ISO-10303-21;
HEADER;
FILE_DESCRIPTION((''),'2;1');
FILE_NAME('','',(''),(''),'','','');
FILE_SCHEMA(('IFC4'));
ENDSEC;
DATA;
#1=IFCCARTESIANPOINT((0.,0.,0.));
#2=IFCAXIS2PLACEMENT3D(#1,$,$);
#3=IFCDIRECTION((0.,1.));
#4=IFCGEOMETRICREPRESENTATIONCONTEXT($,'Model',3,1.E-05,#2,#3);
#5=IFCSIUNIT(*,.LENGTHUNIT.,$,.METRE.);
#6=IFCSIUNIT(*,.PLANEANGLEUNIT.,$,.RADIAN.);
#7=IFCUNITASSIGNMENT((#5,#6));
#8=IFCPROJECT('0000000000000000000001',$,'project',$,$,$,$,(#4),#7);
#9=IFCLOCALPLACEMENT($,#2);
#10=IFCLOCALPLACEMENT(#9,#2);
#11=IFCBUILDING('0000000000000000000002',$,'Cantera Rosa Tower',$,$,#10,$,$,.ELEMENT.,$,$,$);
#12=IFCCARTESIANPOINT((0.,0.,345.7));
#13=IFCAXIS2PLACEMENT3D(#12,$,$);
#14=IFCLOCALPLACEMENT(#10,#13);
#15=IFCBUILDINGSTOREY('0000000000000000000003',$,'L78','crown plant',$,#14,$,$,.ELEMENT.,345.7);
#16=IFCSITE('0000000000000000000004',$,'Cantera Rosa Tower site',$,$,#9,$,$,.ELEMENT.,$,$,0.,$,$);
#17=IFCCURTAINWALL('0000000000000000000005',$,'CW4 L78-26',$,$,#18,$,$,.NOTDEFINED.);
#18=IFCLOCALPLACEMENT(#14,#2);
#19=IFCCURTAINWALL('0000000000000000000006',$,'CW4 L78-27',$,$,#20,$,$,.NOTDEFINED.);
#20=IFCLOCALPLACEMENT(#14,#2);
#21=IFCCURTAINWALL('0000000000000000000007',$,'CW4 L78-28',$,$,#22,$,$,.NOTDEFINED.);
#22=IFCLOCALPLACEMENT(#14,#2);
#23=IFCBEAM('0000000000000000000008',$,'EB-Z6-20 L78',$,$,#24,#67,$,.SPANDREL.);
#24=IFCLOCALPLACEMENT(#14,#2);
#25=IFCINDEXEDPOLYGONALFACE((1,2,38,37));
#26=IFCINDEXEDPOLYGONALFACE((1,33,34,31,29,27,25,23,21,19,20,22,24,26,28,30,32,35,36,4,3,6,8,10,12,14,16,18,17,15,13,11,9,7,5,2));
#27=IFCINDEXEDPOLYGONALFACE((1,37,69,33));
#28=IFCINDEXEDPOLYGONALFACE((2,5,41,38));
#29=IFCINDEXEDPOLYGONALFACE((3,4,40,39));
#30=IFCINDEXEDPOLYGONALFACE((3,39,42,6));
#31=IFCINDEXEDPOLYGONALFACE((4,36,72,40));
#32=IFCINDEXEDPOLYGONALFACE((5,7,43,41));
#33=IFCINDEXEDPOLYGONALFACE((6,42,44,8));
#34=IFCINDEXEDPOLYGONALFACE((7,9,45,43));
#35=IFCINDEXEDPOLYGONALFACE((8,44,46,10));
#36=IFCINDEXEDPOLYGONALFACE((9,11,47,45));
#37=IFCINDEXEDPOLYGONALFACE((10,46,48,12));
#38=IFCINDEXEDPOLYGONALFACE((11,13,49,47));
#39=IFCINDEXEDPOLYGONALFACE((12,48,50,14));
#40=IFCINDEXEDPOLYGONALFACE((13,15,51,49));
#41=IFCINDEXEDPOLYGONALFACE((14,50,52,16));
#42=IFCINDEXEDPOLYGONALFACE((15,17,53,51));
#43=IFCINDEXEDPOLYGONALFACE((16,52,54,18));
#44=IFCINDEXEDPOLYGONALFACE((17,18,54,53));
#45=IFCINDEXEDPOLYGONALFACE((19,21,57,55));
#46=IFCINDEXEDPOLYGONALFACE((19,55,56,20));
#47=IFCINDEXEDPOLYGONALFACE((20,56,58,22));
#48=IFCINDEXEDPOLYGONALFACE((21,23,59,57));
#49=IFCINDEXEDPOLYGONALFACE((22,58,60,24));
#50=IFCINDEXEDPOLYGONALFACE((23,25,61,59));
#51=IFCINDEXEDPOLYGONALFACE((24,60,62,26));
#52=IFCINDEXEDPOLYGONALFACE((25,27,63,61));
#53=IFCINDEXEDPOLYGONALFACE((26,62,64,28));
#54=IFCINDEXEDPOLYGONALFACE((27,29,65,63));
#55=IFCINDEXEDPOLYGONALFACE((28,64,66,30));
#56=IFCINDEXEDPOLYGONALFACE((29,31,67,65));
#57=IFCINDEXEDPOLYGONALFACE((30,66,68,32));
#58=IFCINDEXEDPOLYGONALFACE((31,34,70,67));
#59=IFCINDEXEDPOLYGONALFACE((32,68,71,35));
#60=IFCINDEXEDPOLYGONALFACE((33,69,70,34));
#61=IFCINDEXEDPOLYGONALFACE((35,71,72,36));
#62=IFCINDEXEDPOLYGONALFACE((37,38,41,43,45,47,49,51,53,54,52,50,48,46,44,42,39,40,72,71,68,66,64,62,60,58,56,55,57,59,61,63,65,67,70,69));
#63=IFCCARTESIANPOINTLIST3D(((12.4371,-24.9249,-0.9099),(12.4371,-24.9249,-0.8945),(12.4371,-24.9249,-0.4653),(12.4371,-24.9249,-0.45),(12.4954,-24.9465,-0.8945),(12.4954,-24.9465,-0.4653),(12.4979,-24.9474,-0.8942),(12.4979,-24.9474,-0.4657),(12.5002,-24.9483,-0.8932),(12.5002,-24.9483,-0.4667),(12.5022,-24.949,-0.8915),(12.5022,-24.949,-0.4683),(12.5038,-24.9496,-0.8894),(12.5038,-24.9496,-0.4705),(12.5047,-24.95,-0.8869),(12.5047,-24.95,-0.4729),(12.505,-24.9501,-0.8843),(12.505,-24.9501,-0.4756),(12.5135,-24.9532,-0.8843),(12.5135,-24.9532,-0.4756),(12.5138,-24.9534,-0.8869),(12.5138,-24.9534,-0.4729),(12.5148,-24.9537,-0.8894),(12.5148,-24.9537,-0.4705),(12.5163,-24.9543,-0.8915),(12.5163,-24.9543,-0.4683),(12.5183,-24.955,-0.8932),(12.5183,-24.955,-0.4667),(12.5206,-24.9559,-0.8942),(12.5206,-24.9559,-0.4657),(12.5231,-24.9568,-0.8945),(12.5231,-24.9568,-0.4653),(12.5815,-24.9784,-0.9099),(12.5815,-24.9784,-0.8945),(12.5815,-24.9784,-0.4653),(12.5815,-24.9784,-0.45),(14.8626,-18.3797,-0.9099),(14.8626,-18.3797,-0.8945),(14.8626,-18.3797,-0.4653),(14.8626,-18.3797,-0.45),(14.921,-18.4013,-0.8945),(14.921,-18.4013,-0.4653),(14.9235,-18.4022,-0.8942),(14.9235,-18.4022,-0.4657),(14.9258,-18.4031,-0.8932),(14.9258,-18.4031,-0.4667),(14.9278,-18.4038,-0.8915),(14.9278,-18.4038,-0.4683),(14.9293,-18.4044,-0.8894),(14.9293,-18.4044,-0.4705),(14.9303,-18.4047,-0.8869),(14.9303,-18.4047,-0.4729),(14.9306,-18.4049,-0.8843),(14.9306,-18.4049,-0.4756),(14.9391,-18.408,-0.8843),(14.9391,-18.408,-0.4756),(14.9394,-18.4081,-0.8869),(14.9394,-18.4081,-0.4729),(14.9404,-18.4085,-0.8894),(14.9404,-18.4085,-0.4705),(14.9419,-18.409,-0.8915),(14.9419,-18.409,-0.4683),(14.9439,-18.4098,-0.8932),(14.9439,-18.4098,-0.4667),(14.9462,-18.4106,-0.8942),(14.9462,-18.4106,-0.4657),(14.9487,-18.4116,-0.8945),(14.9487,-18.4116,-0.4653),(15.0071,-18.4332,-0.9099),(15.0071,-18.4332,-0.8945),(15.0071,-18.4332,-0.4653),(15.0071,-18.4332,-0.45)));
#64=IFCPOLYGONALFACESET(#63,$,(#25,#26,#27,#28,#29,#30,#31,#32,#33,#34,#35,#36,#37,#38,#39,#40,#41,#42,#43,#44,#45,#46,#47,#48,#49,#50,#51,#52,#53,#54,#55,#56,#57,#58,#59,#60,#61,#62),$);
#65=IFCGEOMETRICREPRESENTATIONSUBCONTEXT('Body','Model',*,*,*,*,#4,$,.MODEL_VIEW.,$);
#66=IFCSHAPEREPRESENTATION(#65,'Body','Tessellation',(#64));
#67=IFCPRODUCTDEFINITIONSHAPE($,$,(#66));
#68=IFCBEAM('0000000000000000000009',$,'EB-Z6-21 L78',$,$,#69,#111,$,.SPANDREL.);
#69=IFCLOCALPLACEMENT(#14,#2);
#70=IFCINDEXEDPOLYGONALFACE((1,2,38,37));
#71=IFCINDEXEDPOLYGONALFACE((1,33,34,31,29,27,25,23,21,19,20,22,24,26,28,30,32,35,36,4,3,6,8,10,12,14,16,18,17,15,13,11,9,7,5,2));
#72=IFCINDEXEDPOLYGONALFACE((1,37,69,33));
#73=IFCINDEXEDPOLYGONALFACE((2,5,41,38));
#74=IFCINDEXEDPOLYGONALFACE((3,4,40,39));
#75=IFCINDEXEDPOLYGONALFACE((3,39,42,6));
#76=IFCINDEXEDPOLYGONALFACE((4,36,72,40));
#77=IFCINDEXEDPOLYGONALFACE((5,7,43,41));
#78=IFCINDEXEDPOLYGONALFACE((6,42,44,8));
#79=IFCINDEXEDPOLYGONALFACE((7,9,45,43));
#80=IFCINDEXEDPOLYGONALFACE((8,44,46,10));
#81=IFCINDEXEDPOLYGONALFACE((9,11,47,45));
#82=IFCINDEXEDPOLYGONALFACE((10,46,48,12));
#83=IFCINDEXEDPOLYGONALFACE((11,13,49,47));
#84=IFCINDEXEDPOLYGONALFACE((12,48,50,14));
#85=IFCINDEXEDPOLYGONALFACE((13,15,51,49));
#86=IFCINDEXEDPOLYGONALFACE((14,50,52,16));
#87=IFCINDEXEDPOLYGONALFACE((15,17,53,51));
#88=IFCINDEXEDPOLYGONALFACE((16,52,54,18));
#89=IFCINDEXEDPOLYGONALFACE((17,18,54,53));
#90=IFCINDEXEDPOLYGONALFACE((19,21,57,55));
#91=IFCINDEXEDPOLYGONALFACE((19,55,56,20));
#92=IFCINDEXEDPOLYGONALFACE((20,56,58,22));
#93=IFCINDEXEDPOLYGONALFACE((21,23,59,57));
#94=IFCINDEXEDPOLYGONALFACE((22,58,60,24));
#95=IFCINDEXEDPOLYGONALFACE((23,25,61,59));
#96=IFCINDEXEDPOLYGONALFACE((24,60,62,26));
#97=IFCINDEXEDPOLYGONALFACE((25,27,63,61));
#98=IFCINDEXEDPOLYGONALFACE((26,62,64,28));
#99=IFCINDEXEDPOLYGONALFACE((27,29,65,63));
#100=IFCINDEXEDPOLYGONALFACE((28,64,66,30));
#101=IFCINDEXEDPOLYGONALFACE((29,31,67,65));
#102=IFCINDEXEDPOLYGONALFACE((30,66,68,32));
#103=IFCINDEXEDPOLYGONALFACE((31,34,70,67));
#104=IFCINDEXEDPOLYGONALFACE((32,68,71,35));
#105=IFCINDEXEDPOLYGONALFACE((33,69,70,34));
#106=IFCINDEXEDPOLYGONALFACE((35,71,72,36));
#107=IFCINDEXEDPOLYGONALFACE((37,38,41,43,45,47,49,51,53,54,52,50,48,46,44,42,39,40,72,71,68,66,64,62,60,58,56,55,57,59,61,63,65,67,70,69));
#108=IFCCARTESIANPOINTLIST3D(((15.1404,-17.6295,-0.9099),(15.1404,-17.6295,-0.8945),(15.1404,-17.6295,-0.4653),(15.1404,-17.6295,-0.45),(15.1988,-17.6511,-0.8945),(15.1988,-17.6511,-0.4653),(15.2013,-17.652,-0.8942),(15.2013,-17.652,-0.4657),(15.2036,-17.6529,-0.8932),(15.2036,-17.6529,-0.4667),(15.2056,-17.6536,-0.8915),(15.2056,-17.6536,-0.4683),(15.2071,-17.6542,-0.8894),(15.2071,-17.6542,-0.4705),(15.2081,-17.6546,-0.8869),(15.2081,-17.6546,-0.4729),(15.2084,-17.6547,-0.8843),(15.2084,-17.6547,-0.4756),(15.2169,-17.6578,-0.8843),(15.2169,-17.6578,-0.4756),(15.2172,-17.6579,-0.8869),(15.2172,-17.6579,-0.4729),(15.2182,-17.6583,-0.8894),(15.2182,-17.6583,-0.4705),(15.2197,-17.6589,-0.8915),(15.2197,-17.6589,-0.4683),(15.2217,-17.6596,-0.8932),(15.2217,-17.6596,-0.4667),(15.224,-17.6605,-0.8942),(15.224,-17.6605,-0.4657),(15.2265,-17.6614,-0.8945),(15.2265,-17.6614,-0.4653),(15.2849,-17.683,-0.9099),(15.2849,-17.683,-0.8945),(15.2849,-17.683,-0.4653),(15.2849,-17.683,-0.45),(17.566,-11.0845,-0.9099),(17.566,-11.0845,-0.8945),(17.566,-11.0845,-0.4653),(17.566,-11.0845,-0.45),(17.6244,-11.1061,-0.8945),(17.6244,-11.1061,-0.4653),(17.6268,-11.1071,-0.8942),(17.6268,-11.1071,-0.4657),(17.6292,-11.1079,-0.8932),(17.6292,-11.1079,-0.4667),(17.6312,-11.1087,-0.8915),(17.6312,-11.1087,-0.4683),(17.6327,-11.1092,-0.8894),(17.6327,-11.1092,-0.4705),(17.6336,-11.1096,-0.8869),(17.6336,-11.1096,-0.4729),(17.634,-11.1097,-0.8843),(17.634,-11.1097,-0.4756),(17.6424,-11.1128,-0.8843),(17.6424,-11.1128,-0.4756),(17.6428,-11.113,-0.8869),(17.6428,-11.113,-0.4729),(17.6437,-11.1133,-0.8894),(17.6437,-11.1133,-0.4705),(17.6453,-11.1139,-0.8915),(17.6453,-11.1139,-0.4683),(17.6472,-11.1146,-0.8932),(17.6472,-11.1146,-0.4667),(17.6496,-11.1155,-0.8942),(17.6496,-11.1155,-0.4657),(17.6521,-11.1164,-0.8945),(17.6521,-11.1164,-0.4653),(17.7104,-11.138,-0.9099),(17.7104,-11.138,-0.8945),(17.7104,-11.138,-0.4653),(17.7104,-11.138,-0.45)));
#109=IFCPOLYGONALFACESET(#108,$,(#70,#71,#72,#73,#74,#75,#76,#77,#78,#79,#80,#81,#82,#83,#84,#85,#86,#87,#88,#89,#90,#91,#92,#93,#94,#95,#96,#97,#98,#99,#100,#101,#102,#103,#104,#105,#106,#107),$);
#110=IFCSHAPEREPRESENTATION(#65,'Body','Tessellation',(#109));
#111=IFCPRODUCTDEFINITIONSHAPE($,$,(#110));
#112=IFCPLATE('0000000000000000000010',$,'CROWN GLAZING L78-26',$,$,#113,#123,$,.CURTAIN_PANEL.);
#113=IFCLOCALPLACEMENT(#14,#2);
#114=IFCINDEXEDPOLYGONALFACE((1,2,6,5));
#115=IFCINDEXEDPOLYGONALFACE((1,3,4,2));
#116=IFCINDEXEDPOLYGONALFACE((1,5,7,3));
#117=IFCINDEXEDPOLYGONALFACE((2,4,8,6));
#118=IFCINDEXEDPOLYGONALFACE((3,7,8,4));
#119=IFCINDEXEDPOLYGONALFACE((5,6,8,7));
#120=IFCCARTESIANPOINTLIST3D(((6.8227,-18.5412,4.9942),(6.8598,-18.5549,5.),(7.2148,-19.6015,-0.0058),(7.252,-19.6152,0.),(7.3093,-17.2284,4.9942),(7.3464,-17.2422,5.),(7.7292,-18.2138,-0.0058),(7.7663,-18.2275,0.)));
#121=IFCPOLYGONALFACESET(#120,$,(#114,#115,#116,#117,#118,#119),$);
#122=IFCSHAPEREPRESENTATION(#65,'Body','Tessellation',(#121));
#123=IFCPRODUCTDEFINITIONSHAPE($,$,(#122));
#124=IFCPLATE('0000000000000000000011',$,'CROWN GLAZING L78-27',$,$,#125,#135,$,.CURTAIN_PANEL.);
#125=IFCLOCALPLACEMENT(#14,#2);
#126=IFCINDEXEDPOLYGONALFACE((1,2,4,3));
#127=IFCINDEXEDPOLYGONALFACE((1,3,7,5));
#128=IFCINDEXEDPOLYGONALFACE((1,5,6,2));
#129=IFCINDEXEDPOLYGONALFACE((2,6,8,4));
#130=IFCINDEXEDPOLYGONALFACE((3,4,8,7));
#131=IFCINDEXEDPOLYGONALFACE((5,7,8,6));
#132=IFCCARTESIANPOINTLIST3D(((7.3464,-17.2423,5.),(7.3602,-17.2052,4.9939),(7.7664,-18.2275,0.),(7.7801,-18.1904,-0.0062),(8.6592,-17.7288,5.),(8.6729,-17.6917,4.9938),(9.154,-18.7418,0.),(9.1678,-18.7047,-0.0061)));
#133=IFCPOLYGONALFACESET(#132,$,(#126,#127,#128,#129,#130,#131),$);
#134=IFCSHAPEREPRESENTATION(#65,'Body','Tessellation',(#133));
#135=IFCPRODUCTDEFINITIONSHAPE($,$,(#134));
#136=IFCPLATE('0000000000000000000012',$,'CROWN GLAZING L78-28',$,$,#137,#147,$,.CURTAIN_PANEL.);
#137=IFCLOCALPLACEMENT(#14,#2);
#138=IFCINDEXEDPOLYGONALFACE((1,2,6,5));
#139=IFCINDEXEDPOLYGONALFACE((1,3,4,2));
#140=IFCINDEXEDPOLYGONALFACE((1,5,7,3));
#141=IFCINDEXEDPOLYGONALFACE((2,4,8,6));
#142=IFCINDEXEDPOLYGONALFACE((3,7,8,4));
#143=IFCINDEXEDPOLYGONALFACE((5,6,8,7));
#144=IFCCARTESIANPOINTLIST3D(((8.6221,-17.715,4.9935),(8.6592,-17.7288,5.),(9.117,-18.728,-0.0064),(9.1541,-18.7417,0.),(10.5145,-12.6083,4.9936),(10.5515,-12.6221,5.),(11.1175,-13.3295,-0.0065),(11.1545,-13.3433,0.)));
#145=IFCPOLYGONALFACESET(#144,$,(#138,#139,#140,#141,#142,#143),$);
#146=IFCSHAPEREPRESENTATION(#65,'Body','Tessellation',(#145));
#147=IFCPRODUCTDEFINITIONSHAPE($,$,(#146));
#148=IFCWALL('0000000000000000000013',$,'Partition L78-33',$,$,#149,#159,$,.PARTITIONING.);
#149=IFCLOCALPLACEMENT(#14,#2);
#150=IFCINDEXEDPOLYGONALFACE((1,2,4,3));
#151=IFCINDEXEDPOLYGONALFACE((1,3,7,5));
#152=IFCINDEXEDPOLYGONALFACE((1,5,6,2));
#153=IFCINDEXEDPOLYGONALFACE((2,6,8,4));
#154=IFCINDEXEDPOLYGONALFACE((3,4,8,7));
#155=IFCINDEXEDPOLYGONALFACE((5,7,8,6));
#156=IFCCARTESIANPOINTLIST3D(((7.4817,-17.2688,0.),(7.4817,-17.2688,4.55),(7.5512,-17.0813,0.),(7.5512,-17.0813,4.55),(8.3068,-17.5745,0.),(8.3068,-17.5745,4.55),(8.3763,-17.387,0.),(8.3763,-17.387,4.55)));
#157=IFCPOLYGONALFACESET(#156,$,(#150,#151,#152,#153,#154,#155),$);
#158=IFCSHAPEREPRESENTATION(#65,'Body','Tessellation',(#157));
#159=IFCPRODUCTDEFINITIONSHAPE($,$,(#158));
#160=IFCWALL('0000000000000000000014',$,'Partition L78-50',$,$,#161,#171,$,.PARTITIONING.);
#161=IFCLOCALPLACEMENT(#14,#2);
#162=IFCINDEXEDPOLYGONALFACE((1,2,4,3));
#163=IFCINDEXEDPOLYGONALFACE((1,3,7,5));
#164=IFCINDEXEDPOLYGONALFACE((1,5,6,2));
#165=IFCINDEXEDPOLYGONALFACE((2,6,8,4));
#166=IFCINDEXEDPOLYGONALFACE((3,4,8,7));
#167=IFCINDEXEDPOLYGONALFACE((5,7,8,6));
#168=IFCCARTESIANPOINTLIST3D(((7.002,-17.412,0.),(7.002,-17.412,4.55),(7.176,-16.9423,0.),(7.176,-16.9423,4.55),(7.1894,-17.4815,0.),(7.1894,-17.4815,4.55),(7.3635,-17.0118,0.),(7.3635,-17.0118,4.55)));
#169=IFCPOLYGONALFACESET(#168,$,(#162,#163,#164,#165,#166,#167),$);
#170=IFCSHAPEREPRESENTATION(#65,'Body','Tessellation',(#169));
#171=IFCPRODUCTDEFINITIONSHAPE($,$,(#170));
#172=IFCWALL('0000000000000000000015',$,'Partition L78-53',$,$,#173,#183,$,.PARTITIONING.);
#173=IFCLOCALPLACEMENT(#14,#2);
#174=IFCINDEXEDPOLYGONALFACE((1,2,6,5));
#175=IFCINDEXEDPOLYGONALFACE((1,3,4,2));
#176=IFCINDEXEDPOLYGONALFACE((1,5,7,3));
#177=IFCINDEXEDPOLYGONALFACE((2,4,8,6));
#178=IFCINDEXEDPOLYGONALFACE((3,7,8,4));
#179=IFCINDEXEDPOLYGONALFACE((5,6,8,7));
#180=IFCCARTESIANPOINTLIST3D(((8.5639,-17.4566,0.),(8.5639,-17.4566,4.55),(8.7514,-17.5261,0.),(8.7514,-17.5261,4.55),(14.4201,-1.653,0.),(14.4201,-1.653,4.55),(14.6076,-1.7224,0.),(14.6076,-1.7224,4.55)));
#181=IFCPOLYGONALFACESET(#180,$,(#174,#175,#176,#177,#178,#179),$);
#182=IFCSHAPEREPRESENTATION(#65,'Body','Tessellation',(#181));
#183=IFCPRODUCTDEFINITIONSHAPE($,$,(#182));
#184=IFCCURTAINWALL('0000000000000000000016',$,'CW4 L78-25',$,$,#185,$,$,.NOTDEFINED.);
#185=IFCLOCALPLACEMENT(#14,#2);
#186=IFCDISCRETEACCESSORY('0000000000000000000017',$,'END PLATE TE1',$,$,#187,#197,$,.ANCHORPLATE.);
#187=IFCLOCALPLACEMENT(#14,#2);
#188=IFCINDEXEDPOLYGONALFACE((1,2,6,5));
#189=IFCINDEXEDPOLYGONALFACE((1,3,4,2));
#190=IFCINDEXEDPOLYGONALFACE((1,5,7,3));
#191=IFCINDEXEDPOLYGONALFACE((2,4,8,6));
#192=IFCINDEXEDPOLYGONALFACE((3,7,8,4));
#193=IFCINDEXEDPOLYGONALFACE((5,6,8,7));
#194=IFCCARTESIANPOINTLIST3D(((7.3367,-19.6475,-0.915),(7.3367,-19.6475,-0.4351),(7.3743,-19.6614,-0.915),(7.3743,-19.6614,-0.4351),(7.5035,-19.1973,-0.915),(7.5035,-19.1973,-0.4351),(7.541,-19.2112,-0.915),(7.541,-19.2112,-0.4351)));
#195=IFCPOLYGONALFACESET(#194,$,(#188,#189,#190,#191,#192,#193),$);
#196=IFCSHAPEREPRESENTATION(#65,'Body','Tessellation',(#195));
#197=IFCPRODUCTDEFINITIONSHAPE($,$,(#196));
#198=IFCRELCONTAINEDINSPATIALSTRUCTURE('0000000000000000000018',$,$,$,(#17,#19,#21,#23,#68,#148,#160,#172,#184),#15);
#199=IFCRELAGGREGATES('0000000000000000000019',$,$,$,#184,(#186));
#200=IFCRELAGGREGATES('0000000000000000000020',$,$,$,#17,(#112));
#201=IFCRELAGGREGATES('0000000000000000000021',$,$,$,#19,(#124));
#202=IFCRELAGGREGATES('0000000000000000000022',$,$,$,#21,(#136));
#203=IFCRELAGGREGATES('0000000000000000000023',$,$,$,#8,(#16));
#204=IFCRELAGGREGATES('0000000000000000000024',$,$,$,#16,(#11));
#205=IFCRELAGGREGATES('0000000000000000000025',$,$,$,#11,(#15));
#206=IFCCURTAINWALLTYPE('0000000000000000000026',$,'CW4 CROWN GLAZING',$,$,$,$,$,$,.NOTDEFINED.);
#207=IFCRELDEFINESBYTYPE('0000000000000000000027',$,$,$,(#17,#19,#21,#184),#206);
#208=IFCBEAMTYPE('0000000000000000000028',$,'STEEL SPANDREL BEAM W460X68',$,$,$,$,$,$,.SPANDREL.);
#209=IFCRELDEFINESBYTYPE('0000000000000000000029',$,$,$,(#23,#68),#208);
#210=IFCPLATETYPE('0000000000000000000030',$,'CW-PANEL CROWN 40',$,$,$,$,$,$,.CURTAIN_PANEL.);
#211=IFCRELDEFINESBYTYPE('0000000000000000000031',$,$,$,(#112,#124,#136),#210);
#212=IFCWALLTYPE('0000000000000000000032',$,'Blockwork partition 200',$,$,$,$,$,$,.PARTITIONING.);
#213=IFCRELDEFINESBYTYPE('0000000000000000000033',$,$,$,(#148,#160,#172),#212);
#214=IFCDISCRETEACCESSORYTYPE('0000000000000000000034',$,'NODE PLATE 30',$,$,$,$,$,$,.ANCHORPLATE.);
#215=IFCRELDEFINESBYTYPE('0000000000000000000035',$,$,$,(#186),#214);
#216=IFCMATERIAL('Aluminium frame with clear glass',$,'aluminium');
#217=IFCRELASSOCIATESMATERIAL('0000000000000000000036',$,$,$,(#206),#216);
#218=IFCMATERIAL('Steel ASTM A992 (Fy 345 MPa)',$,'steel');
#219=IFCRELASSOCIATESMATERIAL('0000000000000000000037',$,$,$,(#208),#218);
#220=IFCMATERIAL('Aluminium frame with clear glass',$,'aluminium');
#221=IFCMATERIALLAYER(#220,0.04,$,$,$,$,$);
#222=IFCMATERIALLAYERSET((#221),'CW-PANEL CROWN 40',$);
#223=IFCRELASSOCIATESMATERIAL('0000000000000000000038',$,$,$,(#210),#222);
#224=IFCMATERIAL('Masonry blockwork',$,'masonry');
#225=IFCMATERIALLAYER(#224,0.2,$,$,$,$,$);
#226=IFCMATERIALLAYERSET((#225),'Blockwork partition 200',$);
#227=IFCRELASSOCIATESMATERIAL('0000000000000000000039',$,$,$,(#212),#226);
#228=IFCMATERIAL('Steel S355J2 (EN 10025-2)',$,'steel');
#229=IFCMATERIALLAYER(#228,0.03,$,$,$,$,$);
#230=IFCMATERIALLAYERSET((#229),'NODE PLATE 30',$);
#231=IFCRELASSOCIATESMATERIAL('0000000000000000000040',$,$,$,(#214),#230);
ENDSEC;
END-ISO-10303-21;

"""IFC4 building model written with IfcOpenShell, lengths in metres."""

from ifc_helpers import new_model, si_unit, direction, frame, frame_2d, origin, origin_2d, place, context, subcontext, project, spatial, polyline, rectangle, i_section, outline, extrude, material, layer, layer_set, material_profile, profile_set, type_object, element, aggregate, save


model = new_model("IFC4")

# Units and contexts
model_context = context("Model", 3, precision=1e-05, world=origin(), true_north=direction((0.0, 1.0)))
body_context = subcontext(model_context, "Body", "Model", "MODEL_VIEW")
ifc_project = project(units=[si_unit("LENGTHUNIT", "METRE"), si_unit("PLANEANGLEUNIT", "RADIAN")], contexts=[model_context])

# Site, building, storey
site_placement = place(None, origin())
site = spatial("IfcSite", under=ifc_project, at=site_placement, Name="Cantera Rosa Tower site", CompositionType="ELEMENT", RefElevation=0.0)
building_placement = place(site_placement, origin())
building = spatial("IfcBuilding", under=site, at=building_placement, Name="Cantera Rosa Tower", CompositionType="ELEMENT")
storey_placement = place(building_placement, frame((0.0, 0.0, 345.7)))
storey = spatial("IfcBuildingStorey", under=building, at=storey_placement, Name="L78", Description="crown plant", CompositionType="ELEMENT", Elevation=345.7)

# Curtain walls
ifc_material_1 = material(Name="Aluminium frame with clear glass", Category="aluminium")
curtain_wall_type = type_object("IfcCurtainWallType", Name="CW4 CROWN GLAZING", PredefinedType="NOTDEFINED", material=ifc_material_1)
curtain_wall_1_placement = place(storey_placement, origin())
curtain_wall_1 = element("IfcCurtainWall", 1, at=curtain_wall_1_placement, inside=storey, type_object=curtain_wall_type, Name="CW4 L78-26", PredefinedType="NOTDEFINED")
curtain_wall_2_placement = place(storey_placement, origin())
curtain_wall_2 = element("IfcCurtainWall", 2, at=curtain_wall_2_placement, inside=storey, type_object=curtain_wall_type, Name="CW4 L78-27", PredefinedType="NOTDEFINED")
curtain_wall_3_placement = place(storey_placement, origin())
curtain_wall_3 = element("IfcCurtainWall", 3, at=curtain_wall_3_placement, inside=storey, type_object=curtain_wall_type, Name="CW4 L78-28", PredefinedType="NOTDEFINED")

# Beams
ifc_material_2 = material(Name="Steel ASTM A992 (Fy 345 MPa)", Category="steel")
ifc_material_profile_1 = material_profile(ifc_material_2, i_section(OverallWidth=0.1541, OverallDepth=0.46, WebThickness=0.009, FlangeThickness=0.0154, FilletRadius=0.0103, at=origin_2d()), Name="W460X68")
ifc_profile_set_1 = profile_set([ifc_material_profile_1], Name="Steel ASTM A992 (Fy 345 MPa)")
beam_type_1 = type_object("IfcBeamType", Name="STEEL SPANDREL BEAM W460X68", PredefinedType="SPANDREL", material=ifc_profile_set_1)
beam_1_placement = place(storey_placement, frame((12.5093, -24.9517, -0.6799), z_axis=(0.347491, 0.937683, 0.0), x_axis=(-0.937683, 0.347491, 0.0)))
element("IfcBeam", 4, at=beam_1_placement, inside=storey, type_object=beam_type_1, Name="EB-Z6-20 L78", PredefinedType="SPANDREL", context=body_context, shape_type="SweptSolid", body=[
    extrude(i_section(OverallWidth=0.1541, OverallDepth=0.46, WebThickness=0.009, FlangeThickness=0.0154, FilletRadius=0.0103, at=origin_2d()), origin(), (0.0, 0.0, 1.0), 6.9802),
])
beam_2_placement = place(storey_placement, frame((15.2126, -17.6562, -0.6799), z_axis=(0.347502, 0.937679, 0.0), x_axis=(-0.937679, 0.347502, 0.0)))
element("IfcBeam", 5, at=beam_2_placement, inside=storey, type_object=beam_type_1, Name="EB-Z6-21 L78", PredefinedType="SPANDREL", context=body_context, shape_type="SweptSolid", body=[
    extrude(i_section(OverallWidth=0.1541, OverallDepth=0.46, WebThickness=0.009, FlangeThickness=0.0154, FilletRadius=0.0103, at=origin_2d()), origin(), (0.0, 0.0, 1.0), 6.98),
])

# Plates
ifc_material_3 = material(Name="Aluminium frame with clear glass", Category="aluminium")
ifc_layer_1 = layer(ifc_material_3, 0.04)
ifc_layer_set_1 = layer_set([ifc_layer_1], Name="CW-PANEL CROWN 40")
plate_type = type_object("IfcPlateType", Name="CW-PANEL CROWN 40", PredefinedType="CURTAIN_PANEL", material=ifc_layer_set_1)
plate_1_placement = place(storey_placement, frame((7.252, -19.6152, 0.0), z_axis=(0.927655, -0.343856, 0.145668), x_axis=(0.347563, 0.937657, -0.000002)))
plate_1 = element("IfcPlate", 6, at=plate_1_placement, type_object=plate_type, Name="CROWN GLAZING L78-26", PredefinedType="CURTAIN_PANEL", context=body_context, shape_type="SweptSolid", body=[
    extrude(outline(polyline([(0.0, 0.0), (1.48, 0.0), (2.2579, 5.0539), (0.8579, 5.0539), (0.0, 0.0)])), origin(), (0.0, 0.0, -1.0), 0.04),
])
plate_2_placement = place(storey_placement, frame((7.7664, -18.2275, 0.0), z_axis=(-0.343357, -0.926537, 0.153739), x_axis=(0.937685, -0.347487, 0.000009)))
plate_2 = element("IfcPlate", 7, at=plate_2_placement, type_object=plate_type, Name="CROWN GLAZING L78-27", PredefinedType="CURTAIN_PANEL", context=body_context, shape_type="SweptSolid", body=[
    extrude(outline(polyline([(0.0, 0.0), (1.4799, 0.0), (0.6639, 5.0602), (-0.7361, 5.0602), (0.0, 0.0)])), origin(), (0.0, 0.0, -1.0), 0.04),
])
plate_3_placement = place(storey_placement, frame((9.1541, -18.7417, 0.0), z_axis=(0.925445, -0.342937, 0.161074), x_axis=(0.347474, 0.93769, -0.000001)))
plate_3 = element("IfcPlate", 8, at=plate_3_placement, type_object=plate_type, Name="CROWN GLAZING L78-28", PredefinedType="CURTAIN_PANEL", context=body_context, shape_type="SweptSolid", body=[
    extrude(outline(polyline([(0.0, 0.0), (5.7572, 0.0), (6.2239, 5.0662), (0.7779, 5.0661), (0.0, 0.0)])), origin(), (0.0, 0.0, -1.0), 0.04),
])

# Walls
ifc_material_4 = material(Name="Masonry blockwork", Category="masonry")
ifc_layer_2 = layer(ifc_material_4, 0.2)
ifc_layer_set_2 = layer_set([ifc_layer_2], Name="Blockwork partition 200")
wall_type = type_object("IfcWallType", Name="Blockwork partition 200", PredefinedType="PARTITIONING", material=ifc_layer_set_2)
wall_1_placement = place(storey_placement, frame((8.3416, -17.4807, 0.0), z_axis=(0.0, 0.0, 1.0), x_axis=(-0.937735, 0.34735, 0.0)))
element("IfcWall", 9, at=wall_1_placement, inside=storey, type_object=wall_type, Name="Partition L78-33", PredefinedType="PARTITIONING", context=body_context, shape_type="SweptSolid", body=[
    extrude(rectangle(XDim=0.8799, YDim=0.2, at=frame_2d((0.4399, 0.0))), origin(), (0.0, 0.0, 1.0), 4.55),
])
wall_2_placement = place(storey_placement, frame((7.0957, -17.4468, 0.0), z_axis=(0.0, 0.0, 1.0), x_axis=(0.347489, 0.937684, 0.0)))
element("IfcWall", 10, at=wall_2_placement, inside=storey, type_object=wall_type, Name="Partition L78-50", PredefinedType="PARTITIONING", context=body_context, shape_type="SweptSolid", body=[
    extrude(rectangle(XDim=0.501, YDim=0.2, at=frame_2d((0.2505, 0.0))), origin(), (0.0, 0.0, 1.0), 4.55),
])
wall_3_placement = place(storey_placement, frame((8.6577, -17.4912, 0.0), z_axis=(0.0, 0.0, 1.0), x_axis=(0.34747, 0.937691, 0.0)))
element("IfcWall", 11, at=wall_3_placement, inside=storey, type_object=wall_type, Name="Partition L78-53", PredefinedType="PARTITIONING", context=body_context, shape_type="SweptSolid", body=[
    extrude(rectangle(XDim=16.8538, YDim=0.2, at=frame_2d((8.4268, 0.0))), origin(), (0.0, 0.0, 1.0), 4.55),
])

# Curtain wall, discrete accessory
curtain_wall_4_placement = place(storey_placement, origin())
curtain_wall_4 = element("IfcCurtainWall", 12, at=curtain_wall_4_placement, inside=storey, type_object=curtain_wall_type, Name="CW4 L78-25", PredefinedType="NOTDEFINED")
ifc_material_5 = material(Name="Steel S355J2 (EN 10025-2)", Category="steel")
ifc_layer_3 = layer(ifc_material_5, 0.03)
ifc_layer_set_3 = layer_set([ifc_layer_3], Name="NODE PLATE 30")
discrete_accessory_type = type_object("IfcDiscreteAccessoryType", Name="NODE PLATE 30", PredefinedType="ANCHORPLATE", material=ifc_layer_set_3)
discrete_accessory_1_placement = place(storey_placement, frame((7.541, -19.2112, -0.4351), z_axis=(0.937743, -0.347331, 0.0), x_axis=(-0.347331, -0.937743, 0.0)))
discrete_accessory_1 = element("IfcDiscreteAccessory", 13, at=discrete_accessory_1_placement, type_object=discrete_accessory_type, Name="END PLATE TE1", PredefinedType="ANCHORPLATE", context=body_context, shape_type="SweptSolid", body=[
    extrude(outline(polyline([(0.0, 0.0), (0.4801, 0.0), (0.4801, 0.48), (0.0, 0.48), (0.0, 0.0)])), origin(), (0.0, 0.0, -1.0), 0.04),
])
aggregate(curtain_wall_4, [discrete_accessory_1])

aggregate(curtain_wall_1, [plate_1])
aggregate(curtain_wall_2, [plate_2])
aggregate(curtain_wall_3, [plate_3])

save(model, "model.ifc")
